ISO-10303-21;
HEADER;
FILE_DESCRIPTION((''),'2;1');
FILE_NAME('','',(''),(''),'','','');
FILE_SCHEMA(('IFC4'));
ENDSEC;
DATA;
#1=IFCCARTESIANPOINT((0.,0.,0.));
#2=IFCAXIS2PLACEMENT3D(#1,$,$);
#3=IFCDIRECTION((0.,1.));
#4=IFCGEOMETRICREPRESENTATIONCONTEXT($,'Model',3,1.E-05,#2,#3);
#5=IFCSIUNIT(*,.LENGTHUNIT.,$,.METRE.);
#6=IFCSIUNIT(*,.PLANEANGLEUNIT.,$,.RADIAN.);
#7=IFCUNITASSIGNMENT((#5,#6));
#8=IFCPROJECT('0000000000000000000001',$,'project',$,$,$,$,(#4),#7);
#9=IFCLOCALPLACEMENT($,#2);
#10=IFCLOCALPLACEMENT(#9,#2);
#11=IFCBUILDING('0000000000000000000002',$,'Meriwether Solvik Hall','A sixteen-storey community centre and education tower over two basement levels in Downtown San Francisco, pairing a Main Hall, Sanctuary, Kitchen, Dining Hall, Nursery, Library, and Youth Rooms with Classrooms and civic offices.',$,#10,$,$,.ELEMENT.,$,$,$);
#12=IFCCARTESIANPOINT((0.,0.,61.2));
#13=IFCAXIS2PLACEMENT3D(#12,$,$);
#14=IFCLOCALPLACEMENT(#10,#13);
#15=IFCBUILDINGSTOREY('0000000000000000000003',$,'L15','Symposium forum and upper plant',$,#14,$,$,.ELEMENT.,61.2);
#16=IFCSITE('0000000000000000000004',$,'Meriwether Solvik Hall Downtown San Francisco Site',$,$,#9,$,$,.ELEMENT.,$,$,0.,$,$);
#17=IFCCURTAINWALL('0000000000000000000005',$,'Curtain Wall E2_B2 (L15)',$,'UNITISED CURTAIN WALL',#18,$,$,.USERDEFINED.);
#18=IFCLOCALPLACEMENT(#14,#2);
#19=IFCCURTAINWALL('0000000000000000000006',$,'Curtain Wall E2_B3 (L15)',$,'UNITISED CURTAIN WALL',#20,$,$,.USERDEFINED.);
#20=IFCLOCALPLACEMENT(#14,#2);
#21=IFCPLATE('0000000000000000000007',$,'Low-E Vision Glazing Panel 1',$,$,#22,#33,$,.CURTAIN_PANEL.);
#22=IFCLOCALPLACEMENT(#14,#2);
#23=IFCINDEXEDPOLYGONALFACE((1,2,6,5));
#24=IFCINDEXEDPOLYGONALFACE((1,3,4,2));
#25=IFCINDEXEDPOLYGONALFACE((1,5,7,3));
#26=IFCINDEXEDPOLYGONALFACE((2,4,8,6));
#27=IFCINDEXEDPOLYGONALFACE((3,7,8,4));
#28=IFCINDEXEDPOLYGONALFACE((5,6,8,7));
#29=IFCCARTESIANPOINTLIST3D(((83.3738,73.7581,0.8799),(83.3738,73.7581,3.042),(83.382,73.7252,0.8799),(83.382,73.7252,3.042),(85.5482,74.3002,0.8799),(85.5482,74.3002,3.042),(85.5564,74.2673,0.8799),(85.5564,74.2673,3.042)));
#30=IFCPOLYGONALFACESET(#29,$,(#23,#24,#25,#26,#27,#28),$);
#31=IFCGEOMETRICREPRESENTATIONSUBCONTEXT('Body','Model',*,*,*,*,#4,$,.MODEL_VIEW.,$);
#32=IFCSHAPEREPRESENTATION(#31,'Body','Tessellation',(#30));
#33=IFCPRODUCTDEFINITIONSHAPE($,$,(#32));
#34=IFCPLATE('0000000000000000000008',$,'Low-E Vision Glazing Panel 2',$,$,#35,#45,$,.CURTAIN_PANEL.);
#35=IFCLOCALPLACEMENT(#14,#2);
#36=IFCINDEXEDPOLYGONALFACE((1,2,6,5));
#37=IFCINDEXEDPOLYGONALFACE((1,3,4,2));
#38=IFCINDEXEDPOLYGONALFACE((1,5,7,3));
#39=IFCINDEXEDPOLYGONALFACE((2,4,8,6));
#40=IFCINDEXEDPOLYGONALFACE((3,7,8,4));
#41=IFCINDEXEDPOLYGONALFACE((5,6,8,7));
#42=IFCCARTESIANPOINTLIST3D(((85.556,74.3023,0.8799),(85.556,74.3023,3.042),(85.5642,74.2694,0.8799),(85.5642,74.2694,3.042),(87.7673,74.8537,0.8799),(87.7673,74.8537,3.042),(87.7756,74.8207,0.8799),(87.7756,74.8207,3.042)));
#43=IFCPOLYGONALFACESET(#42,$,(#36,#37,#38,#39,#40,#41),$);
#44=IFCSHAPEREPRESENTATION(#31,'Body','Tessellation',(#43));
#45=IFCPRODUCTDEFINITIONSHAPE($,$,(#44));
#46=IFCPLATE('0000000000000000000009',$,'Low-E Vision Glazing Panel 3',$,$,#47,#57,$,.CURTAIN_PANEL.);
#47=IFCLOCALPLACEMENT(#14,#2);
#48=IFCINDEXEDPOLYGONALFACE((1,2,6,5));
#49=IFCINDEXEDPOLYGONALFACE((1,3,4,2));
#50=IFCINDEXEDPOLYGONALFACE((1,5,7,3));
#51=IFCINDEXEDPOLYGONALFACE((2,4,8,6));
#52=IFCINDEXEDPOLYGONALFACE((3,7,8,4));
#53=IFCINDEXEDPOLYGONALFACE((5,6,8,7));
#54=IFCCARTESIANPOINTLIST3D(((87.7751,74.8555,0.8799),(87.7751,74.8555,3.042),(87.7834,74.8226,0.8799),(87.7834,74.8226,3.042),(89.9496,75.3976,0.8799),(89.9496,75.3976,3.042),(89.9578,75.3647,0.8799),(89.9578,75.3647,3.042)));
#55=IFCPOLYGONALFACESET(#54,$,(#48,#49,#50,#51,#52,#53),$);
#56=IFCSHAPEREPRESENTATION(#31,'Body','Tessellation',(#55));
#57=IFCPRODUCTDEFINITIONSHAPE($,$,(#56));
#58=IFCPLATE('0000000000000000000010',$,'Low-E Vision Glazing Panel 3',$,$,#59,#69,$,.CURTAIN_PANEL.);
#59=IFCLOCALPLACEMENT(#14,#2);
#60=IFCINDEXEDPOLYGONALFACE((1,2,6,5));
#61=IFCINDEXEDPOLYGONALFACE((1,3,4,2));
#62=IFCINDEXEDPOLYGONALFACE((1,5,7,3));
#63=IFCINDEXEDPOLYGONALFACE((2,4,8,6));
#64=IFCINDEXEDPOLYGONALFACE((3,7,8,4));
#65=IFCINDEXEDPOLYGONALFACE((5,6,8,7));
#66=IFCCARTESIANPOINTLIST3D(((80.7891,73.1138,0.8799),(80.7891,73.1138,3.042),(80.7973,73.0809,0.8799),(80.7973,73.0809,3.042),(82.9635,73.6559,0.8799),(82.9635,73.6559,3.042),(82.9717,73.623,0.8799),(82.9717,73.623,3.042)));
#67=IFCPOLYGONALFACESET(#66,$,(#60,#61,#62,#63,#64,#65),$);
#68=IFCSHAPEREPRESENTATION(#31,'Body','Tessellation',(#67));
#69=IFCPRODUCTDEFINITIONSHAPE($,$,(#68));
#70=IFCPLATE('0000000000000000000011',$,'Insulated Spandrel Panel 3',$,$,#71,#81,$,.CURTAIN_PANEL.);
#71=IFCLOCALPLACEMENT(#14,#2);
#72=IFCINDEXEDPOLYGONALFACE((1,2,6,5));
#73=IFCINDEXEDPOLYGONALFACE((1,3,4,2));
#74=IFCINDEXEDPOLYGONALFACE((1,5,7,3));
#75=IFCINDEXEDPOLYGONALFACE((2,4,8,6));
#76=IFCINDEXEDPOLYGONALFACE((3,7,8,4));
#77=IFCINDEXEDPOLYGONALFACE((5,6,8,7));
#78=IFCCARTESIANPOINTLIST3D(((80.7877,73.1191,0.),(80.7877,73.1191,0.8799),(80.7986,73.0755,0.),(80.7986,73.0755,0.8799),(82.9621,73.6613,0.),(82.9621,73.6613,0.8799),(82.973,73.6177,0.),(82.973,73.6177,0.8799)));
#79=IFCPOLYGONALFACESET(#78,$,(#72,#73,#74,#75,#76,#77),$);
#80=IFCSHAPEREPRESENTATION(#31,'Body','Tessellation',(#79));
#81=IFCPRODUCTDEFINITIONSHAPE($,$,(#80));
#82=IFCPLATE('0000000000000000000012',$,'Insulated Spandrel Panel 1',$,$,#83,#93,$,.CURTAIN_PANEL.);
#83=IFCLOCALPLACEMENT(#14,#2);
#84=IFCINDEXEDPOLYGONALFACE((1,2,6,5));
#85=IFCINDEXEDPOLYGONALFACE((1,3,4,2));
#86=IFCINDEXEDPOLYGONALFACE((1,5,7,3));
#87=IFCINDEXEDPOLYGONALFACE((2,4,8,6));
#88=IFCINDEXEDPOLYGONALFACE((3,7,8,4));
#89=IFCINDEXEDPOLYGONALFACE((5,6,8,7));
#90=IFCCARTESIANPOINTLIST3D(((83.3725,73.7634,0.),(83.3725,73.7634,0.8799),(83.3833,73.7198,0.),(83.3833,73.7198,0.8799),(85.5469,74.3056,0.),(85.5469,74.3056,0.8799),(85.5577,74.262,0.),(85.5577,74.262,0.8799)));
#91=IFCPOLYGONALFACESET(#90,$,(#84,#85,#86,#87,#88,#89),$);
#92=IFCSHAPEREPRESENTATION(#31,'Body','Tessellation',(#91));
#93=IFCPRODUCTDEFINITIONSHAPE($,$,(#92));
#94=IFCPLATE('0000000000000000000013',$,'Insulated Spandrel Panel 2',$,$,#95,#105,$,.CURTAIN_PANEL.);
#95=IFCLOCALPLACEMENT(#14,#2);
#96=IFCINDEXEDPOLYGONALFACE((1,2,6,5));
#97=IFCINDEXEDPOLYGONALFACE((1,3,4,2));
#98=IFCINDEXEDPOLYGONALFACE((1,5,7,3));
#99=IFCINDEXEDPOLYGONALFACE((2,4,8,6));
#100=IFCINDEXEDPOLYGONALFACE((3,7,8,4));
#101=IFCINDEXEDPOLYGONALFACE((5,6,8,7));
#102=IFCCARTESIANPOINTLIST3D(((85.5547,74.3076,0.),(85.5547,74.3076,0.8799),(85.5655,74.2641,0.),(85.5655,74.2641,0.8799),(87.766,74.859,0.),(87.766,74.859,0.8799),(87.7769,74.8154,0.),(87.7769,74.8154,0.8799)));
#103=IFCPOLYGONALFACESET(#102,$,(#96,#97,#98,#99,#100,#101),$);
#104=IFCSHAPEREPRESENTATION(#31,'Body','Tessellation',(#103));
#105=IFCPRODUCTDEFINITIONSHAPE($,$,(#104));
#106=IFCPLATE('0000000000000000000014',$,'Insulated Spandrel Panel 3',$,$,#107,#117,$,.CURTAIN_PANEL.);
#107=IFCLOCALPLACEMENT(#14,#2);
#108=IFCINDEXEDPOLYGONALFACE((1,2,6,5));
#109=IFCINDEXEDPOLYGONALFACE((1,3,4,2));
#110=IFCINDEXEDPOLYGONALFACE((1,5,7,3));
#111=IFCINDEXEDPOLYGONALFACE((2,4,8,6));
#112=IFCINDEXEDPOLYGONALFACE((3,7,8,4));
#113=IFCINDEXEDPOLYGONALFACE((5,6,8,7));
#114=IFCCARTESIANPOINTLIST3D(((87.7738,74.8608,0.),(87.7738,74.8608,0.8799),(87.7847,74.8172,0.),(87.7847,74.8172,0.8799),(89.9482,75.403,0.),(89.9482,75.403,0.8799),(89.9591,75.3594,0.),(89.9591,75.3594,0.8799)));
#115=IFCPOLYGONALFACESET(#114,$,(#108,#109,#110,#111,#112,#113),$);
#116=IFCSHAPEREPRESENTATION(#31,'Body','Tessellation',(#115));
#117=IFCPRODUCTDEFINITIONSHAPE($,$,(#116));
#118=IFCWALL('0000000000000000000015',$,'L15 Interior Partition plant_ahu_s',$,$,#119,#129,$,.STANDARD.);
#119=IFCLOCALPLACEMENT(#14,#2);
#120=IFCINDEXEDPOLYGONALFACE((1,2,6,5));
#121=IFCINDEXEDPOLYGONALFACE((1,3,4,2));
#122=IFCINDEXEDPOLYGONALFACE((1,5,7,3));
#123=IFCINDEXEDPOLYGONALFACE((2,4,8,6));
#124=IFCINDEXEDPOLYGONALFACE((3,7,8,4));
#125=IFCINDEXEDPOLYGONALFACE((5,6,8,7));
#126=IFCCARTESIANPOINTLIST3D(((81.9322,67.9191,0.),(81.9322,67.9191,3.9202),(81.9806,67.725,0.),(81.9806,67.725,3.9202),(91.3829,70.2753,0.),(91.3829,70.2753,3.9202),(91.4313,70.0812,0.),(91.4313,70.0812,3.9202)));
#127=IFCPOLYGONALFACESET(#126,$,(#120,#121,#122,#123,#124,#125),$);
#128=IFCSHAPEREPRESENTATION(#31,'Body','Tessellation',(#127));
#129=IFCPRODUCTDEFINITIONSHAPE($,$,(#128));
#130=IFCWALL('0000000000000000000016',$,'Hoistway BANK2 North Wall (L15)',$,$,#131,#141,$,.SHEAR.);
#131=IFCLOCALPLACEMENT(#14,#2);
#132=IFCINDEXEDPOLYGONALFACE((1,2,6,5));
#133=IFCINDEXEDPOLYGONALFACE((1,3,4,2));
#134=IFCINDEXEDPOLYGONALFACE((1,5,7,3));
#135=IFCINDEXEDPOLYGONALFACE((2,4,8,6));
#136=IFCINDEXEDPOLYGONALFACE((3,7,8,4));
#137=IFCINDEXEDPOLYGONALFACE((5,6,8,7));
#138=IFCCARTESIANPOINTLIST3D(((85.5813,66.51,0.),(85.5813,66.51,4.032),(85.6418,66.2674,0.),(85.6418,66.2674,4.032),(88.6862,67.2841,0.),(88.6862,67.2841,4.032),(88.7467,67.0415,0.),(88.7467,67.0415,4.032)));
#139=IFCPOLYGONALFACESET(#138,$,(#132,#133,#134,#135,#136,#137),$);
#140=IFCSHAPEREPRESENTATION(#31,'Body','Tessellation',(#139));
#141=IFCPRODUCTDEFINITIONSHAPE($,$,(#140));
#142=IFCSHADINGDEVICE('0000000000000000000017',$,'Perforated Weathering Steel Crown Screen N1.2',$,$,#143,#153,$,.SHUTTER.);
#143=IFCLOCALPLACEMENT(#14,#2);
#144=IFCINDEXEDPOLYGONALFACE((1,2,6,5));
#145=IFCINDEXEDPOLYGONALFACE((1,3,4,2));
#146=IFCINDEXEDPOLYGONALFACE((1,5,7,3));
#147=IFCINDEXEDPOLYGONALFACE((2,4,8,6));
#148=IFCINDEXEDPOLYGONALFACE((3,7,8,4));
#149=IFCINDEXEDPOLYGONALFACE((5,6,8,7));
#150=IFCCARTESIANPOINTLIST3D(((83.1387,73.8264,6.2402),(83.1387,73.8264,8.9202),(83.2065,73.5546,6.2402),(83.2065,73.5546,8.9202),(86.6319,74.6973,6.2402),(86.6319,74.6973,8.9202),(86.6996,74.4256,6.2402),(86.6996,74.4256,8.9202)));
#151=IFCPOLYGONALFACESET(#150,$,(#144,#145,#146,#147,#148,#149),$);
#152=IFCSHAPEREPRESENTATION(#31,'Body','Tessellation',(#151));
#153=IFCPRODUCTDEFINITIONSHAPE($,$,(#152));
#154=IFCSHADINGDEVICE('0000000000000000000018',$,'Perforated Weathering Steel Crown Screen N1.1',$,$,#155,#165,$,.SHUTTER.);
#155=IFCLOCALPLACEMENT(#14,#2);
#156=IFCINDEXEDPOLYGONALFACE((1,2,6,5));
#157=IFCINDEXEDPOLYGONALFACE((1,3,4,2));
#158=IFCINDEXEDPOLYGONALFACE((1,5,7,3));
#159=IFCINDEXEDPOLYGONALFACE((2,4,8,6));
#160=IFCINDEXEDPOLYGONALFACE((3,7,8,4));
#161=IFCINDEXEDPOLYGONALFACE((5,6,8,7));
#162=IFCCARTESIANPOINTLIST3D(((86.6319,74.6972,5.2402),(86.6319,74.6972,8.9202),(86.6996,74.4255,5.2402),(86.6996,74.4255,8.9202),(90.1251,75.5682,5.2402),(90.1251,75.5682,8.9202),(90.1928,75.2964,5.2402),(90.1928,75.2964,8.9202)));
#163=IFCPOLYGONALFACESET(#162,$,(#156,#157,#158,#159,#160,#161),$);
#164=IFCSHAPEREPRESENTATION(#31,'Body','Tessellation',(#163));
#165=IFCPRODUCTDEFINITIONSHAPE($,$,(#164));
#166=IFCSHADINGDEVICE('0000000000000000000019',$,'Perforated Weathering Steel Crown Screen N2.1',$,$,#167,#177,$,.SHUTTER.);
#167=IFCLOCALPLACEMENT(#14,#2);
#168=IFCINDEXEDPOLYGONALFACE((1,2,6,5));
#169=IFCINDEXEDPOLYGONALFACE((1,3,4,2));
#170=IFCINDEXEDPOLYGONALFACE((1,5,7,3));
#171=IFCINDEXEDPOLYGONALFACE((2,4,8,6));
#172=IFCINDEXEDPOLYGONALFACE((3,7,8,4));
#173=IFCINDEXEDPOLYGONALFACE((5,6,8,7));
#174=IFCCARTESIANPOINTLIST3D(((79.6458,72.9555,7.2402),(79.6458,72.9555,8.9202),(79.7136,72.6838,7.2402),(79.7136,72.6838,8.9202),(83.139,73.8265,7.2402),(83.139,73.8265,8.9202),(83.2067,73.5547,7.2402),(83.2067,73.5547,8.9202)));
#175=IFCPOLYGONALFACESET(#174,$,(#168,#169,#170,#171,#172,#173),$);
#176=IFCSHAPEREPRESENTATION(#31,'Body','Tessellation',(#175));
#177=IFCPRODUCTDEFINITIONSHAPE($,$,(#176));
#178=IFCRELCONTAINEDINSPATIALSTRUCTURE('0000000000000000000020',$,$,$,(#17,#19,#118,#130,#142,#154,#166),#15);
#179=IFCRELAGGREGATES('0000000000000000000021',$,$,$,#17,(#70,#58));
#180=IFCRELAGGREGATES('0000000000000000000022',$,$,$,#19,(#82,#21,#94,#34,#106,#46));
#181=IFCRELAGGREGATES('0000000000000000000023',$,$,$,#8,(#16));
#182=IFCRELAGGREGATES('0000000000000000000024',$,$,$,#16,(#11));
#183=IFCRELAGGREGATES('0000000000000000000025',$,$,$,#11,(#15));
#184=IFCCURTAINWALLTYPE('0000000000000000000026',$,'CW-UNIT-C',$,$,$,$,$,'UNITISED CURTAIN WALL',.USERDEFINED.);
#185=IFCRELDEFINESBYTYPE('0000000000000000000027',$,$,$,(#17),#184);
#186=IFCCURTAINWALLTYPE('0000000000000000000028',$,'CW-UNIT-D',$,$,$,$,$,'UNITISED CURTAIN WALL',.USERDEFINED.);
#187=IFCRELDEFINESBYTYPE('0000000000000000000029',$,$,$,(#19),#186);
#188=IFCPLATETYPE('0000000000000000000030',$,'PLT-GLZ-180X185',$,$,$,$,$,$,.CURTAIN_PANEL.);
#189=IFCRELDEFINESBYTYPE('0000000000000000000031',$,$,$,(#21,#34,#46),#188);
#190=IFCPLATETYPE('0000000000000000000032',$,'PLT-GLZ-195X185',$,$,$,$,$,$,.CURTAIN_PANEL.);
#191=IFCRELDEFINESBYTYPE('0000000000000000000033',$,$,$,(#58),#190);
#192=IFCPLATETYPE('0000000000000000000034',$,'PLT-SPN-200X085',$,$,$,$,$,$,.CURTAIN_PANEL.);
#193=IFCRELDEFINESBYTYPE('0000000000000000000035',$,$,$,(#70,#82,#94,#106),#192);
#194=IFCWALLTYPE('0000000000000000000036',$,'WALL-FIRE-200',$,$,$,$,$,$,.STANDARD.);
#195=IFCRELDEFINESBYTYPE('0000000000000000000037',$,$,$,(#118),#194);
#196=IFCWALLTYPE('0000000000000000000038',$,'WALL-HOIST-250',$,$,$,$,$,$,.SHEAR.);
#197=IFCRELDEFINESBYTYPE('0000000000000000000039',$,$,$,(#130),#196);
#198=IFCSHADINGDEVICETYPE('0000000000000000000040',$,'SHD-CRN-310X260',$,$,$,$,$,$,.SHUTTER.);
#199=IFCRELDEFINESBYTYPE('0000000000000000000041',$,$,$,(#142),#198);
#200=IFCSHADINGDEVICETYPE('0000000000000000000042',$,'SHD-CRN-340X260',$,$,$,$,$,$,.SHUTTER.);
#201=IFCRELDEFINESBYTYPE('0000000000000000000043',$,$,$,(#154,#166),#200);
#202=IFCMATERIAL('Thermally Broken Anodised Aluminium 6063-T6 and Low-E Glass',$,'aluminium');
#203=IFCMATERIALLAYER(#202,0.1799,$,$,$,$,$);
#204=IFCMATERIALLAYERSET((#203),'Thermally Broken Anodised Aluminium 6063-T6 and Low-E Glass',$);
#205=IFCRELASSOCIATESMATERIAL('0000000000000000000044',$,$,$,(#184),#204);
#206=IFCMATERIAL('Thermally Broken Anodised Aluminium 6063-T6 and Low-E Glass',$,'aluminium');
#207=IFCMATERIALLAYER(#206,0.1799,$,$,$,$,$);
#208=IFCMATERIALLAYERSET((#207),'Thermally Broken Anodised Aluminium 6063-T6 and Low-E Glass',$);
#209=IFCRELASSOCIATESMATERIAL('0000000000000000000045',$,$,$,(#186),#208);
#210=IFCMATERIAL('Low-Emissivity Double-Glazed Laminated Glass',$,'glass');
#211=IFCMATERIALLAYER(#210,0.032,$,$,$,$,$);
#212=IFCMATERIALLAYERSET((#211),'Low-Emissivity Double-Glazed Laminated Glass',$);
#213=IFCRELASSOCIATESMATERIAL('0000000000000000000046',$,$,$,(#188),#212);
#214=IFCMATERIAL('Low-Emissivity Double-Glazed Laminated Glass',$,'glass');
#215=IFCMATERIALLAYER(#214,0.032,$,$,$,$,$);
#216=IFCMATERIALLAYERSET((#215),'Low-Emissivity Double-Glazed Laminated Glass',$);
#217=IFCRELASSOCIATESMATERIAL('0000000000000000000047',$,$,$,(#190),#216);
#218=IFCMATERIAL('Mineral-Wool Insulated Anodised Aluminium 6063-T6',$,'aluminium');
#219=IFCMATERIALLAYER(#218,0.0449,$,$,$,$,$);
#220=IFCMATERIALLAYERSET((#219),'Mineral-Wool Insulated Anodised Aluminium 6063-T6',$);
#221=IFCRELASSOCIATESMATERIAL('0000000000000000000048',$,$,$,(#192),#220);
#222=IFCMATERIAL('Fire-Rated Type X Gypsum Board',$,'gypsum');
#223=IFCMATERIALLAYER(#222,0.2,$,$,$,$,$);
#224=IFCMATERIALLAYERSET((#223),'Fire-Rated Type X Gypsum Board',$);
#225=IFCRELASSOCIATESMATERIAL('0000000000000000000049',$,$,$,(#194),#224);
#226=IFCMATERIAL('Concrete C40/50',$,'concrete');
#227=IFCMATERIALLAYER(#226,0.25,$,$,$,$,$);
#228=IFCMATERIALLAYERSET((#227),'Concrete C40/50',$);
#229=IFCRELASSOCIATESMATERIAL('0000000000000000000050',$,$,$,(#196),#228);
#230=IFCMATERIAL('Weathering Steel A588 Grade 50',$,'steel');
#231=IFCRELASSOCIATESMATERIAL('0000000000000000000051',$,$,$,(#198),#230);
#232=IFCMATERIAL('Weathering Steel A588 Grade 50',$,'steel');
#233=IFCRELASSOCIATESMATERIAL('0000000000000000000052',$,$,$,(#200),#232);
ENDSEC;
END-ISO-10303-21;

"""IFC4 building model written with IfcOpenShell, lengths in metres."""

from ifc_helpers import new_model, si_unit, direction, frame, frame_2d, origin, origin_2d, place, context, subcontext, project, spatial, rectangle, extrude, material, layer, layer_set, type_object, element, aggregate, save


model = new_model("IFC4")

# Units and contexts
model_context = context("Model", 3, precision=1e-05, world=origin(), true_north=direction((0.0, 1.0)))
body_context = subcontext(model_context, "Body", "Model", "MODEL_VIEW")
ifc_project = project(units=[si_unit("LENGTHUNIT", "METRE"), si_unit("PLANEANGLEUNIT", "RADIAN")], contexts=[model_context])

# Site, building, storey
site_placement = place(None, origin())
site = spatial("IfcSite", under=ifc_project, at=site_placement, Name="Meriwether Solvik Hall Downtown San Francisco Site", CompositionType="ELEMENT", RefElevation=0.0)
building_placement = place(site_placement, origin())
building = spatial("IfcBuilding", under=site, at=building_placement, Name="Meriwether Solvik Hall", Description="A sixteen-storey community centre and education tower over two basement levels in Downtown San Francisco, pairing a Main Hall, Sanctuary, Kitchen, Dining Hall, Nursery, Library, and Youth Rooms with Classrooms and civic offices.", CompositionType="ELEMENT")
storey_placement = place(building_placement, frame((0.0, 0.0, 61.2)))
storey = spatial("IfcBuildingStorey", under=building, at=storey_placement, Name="L15", Description="Symposium forum and upper plant", CompositionType="ELEMENT", Elevation=61.2)

# Curtain walls
ifc_material_1 = material(Name="Thermally Broken Anodised Aluminium 6063-T6 and Low-E Glass", Category="aluminium")
ifc_layer_1 = layer(ifc_material_1, 0.1799)
ifc_layer_set_1 = layer_set([ifc_layer_1], Name="Thermally Broken Anodised Aluminium 6063-T6 and Low-E Glass")
curtain_wall_type_1 = type_object("IfcCurtainWallType", Name="CW-UNIT-C", ElementType="UNITISED CURTAIN WALL", PredefinedType="USERDEFINED", material=ifc_layer_set_1)
curtain_wall_1_placement = place(storey_placement, origin())
curtain_wall_1 = element("IfcCurtainWall", 1, at=curtain_wall_1_placement, inside=storey, type_object=curtain_wall_type_1, Name="Curtain Wall E2_B2 (L15)", ObjectType="UNITISED CURTAIN WALL", PredefinedType="USERDEFINED")
ifc_material_2 = material(Name="Thermally Broken Anodised Aluminium 6063-T6 and Low-E Glass", Category="aluminium")
ifc_layer_2 = layer(ifc_material_2, 0.1799)
ifc_layer_set_2 = layer_set([ifc_layer_2], Name="Thermally Broken Anodised Aluminium 6063-T6 and Low-E Glass")
curtain_wall_type_2 = type_object("IfcCurtainWallType", Name="CW-UNIT-D", ElementType="UNITISED CURTAIN WALL", PredefinedType="USERDEFINED", material=ifc_layer_set_2)
curtain_wall_2_placement = place(storey_placement, origin())
curtain_wall_2 = element("IfcCurtainWall", 2, at=curtain_wall_2_placement, inside=storey, type_object=curtain_wall_type_2, Name="Curtain Wall E2_B3 (L15)", ObjectType="UNITISED CURTAIN WALL", PredefinedType="USERDEFINED")

# Plates
ifc_material_3 = material(Name="Low-Emissivity Double-Glazed Laminated Glass", Category="glass")
ifc_layer_3 = layer(ifc_material_3, 0.032)
ifc_layer_set_3 = layer_set([ifc_layer_3], Name="Low-Emissivity Double-Glazed Laminated Glass")
plate_type_1 = type_object("IfcPlateType", Name="PLT-GLZ-180X185", PredefinedType="CURTAIN_PANEL", material=ifc_layer_set_3)
plate_1_placement = place(storey_placement, frame((84.4651, 74.0127, 0.8799), z_axis=(0.0, 0.0, 1.0), x_axis=(0.970296, 0.241922, 0.0)))
plate_1 = element("IfcPlate", 3, at=plate_1_placement, type_object=plate_type_1, Name="Low-E Vision Glazing Panel 1", PredefinedType="CURTAIN_PANEL", context=body_context, shape_type="SweptSolid", body=[
    extrude(rectangle(XDim=2.241, YDim=0.0339, at=origin_2d()), origin(), (0.0, 0.0, 1.0), 2.1621),
])
plate_2_placement = place(storey_placement, frame((86.6658, 74.5615, 0.8799), z_axis=(0.0, 0.0, 1.0), x_axis=(0.970296, 0.241922, 0.0)))
plate_2 = element("IfcPlate", 4, at=plate_2_placement, type_object=plate_type_1, Name="Low-E Vision Glazing Panel 2", PredefinedType="CURTAIN_PANEL", context=body_context, shape_type="SweptSolid", body=[
    extrude(rectangle(XDim=2.2791, YDim=0.0339, at=origin_2d()), origin(), (0.0, 0.0, 1.0), 2.1621),
])
plate_3_placement = place(storey_placement, frame((88.8665, 75.1101, 0.8799), z_axis=(0.0, 0.0, 1.0), x_axis=(0.970296, 0.241922, 0.0)))
plate_3 = element("IfcPlate", 5, at=plate_3_placement, type_object=plate_type_1, Name="Low-E Vision Glazing Panel 3", PredefinedType="CURTAIN_PANEL", context=body_context, shape_type="SweptSolid", body=[
    extrude(rectangle(XDim=2.241, YDim=0.0339, at=origin_2d()), origin(), (0.0, 0.0, 1.0), 2.1621),
])
ifc_material_4 = material(Name="Low-Emissivity Double-Glazed Laminated Glass", Category="glass")
ifc_layer_4 = layer(ifc_material_4, 0.032)
ifc_layer_set_4 = layer_set([ifc_layer_4], Name="Low-Emissivity Double-Glazed Laminated Glass")
plate_type_2 = type_object("IfcPlateType", Name="PLT-GLZ-195X185", PredefinedType="CURTAIN_PANEL", material=ifc_layer_set_4)
plate_4_placement = place(storey_placement, frame((81.8804, 73.3684, 0.8799), z_axis=(0.0, 0.0, 1.0), x_axis=(0.970296, 0.241922, 0.0)))
plate_4 = element("IfcPlate", 6, at=plate_4_placement, type_object=plate_type_2, Name="Low-E Vision Glazing Panel 3", PredefinedType="CURTAIN_PANEL", context=body_context, shape_type="SweptSolid", body=[
    extrude(rectangle(XDim=2.241, YDim=0.0339, at=origin_2d()), origin(), (0.0, 0.0, 1.0), 2.1621),
])
ifc_material_5 = material(Name="Mineral-Wool Insulated Anodised Aluminium 6063-T6", Category="aluminium")
ifc_layer_5 = layer(ifc_material_5, 0.0449)
ifc_layer_set_5 = layer_set([ifc_layer_5], Name="Mineral-Wool Insulated Anodised Aluminium 6063-T6")
plate_type_3 = type_object("IfcPlateType", Name="PLT-SPN-200X085", PredefinedType="CURTAIN_PANEL", material=ifc_layer_set_5)
plate_5_placement = place(storey_placement, frame((81.8804, 73.3684, 0.0), z_axis=(0.0, 0.0, 1.0), x_axis=(0.970296, 0.241922, 0.0)))
plate_5 = element("IfcPlate", 7, at=plate_5_placement, type_object=plate_type_3, Name="Insulated Spandrel Panel 3", PredefinedType="CURTAIN_PANEL", context=body_context, shape_type="SweptSolid", body=[
    extrude(rectangle(XDim=2.241, YDim=0.0449, at=origin_2d()), origin(), (0.0, 0.0, 1.0), 0.8799),
])
aggregate(curtain_wall_1, [plate_5, plate_4])
plate_6_placement = place(storey_placement, frame((84.4651, 74.0127, 0.0), z_axis=(0.0, 0.0, 1.0), x_axis=(0.970296, 0.241922, 0.0)))
plate_6 = element("IfcPlate", 8, at=plate_6_placement, type_object=plate_type_3, Name="Insulated Spandrel Panel 1", PredefinedType="CURTAIN_PANEL", context=body_context, shape_type="SweptSolid", body=[
    extrude(rectangle(XDim=2.241, YDim=0.0449, at=origin_2d()), origin(), (0.0, 0.0, 1.0), 0.8799),
])
plate_7_placement = place(storey_placement, frame((86.6658, 74.5615, 0.0), z_axis=(0.0, 0.0, 1.0), x_axis=(0.970296, 0.241922, 0.0)))
plate_7 = element("IfcPlate", 9, at=plate_7_placement, type_object=plate_type_3, Name="Insulated Spandrel Panel 2", PredefinedType="CURTAIN_PANEL", context=body_context, shape_type="SweptSolid", body=[
    extrude(rectangle(XDim=2.2791, YDim=0.0449, at=origin_2d()), origin(), (0.0, 0.0, 1.0), 0.8799),
])
plate_8_placement = place(storey_placement, frame((88.8665, 75.1101, 0.0), z_axis=(0.0, 0.0, 1.0), x_axis=(0.970296, 0.241922, 0.0)))
plate_8 = element("IfcPlate", 10, at=plate_8_placement, type_object=plate_type_3, Name="Insulated Spandrel Panel 3", PredefinedType="CURTAIN_PANEL", context=body_context, shape_type="SweptSolid", body=[
    extrude(rectangle(XDim=2.241, YDim=0.0449, at=origin_2d()), origin(), (0.0, 0.0, 1.0), 0.8799),
])
aggregate(curtain_wall_2, [plate_6, plate_1, plate_7, plate_2, plate_8, plate_3])

# Wall
ifc_material_6 = material(Name="Fire-Rated Type X Gypsum Board", Category="gypsum")
ifc_layer_6 = layer(ifc_material_6, 0.2)
ifc_layer_set_6 = layer_set([ifc_layer_6], Name="Fire-Rated Type X Gypsum Board")
wall_type_1 = type_object("IfcWallType", Name="WALL-FIRE-200", PredefinedType="STANDARD", material=ifc_layer_set_6)
wall_1_placement = place(storey_placement, frame((81.9563, 67.822, 0.0), z_axis=(0.0, 0.0, 1.0), x_axis=(0.970299, 0.24191, 0.0)))
element("IfcWall", 11, at=wall_1_placement, inside=storey, type_object=wall_type_1, Name="L15 Interior Partition plant_ahu_s", PredefinedType="STANDARD", context=body_context, shape_type="SweptSolid", body=[
    extrude(rectangle(XDim=9.74, YDim=0.2, at=frame_2d((4.8701, 0.0))), origin(), (0.0, 0.0, 1.0), 3.9202),
])

# Wall
ifc_material_7 = material(Name="Concrete C40/50", Category="concrete")
ifc_layer_7 = layer(ifc_material_7, 0.25)
ifc_layer_set_7 = layer_set([ifc_layer_7], Name="Concrete C40/50")
wall_type_2 = type_object("IfcWallType", Name="WALL-HOIST-250", PredefinedType="SHEAR", material=ifc_layer_set_7)
wall_2_placement = place(storey_placement, frame((88.7166, 67.1628, 0.0), z_axis=(0.0, 0.0, 1.0), x_axis=(-0.970295, -0.241925, 0.0)))
element("IfcWall", 12, at=wall_2_placement, inside=storey, type_object=wall_type_2, Name="Hoistway BANK2 North Wall (L15)", PredefinedType="SHEAR", context=body_context, shape_type="SweptSolid", body=[
    extrude(rectangle(XDim=3.2, YDim=0.25, at=frame_2d((1.6001, 0.0))), origin(), (0.0, 0.0, 1.0), 4.032),
])

# Shading devices
ifc_material_8 = material(Name="Weathering Steel A588 Grade 50", Category="steel")
shading_device_type_1 = type_object("IfcShadingDeviceType", Name="SHD-CRN-310X260", PredefinedType="SHUTTER", material=ifc_material_8)
shading_device_1_placement = place(storey_placement, frame((84.9192, 74.126, 6.2402), z_axis=(0.0, 0.0, 1.0), x_axis=(-0.970296, -0.241922, 0.0)))
element("IfcShadingDevice", 13, at=shading_device_1_placement, inside=storey, type_object=shading_device_type_1, Name="Perforated Weathering Steel Crown Screen N1.2", PredefinedType="SHUTTER", context=body_context, shape_type="SweptSolid", body=[
    extrude(rectangle(XDim=3.6001, YDim=0.28, at=origin_2d()), origin(), (0.0, 0.0, 1.0), 2.6799),
])
ifc_material_9 = material(Name="Weathering Steel A588 Grade 50", Category="steel")
shading_device_type_2 = type_object("IfcShadingDeviceType", Name="SHD-CRN-340X260", PredefinedType="SHUTTER", material=ifc_material_9)
shading_device_2_placement = place(storey_placement, frame((88.4124, 74.9968, 5.2402), z_axis=(0.0, 0.0, 1.0), x_axis=(-0.970296, -0.241922, 0.0)))
element("IfcShadingDevice", 14, at=shading_device_2_placement, inside=storey, type_object=shading_device_type_2, Name="Perforated Weathering Steel Crown Screen N1.1", PredefinedType="SHUTTER", context=body_context, shape_type="SweptSolid", body=[
    extrude(rectangle(XDim=3.6001, YDim=0.28, at=origin_2d()), origin(), (0.0, 0.0, 1.0), 3.6799),
])
shading_device_3_placement = place(storey_placement, frame((81.4263, 73.2551, 7.2402), z_axis=(0.0, 0.0, 1.0), x_axis=(-0.970296, -0.241922, 0.0)))
element("IfcShadingDevice", 15, at=shading_device_3_placement, inside=storey, type_object=shading_device_type_2, Name="Perforated Weathering Steel Crown Screen N2.1", PredefinedType="SHUTTER", context=body_context, shape_type="SweptSolid", body=[
    extrude(rectangle(XDim=3.6001, YDim=0.28, at=origin_2d()), origin(), (0.0, 0.0, 1.0), 1.6799),
])

save(model, "model.ifc")
